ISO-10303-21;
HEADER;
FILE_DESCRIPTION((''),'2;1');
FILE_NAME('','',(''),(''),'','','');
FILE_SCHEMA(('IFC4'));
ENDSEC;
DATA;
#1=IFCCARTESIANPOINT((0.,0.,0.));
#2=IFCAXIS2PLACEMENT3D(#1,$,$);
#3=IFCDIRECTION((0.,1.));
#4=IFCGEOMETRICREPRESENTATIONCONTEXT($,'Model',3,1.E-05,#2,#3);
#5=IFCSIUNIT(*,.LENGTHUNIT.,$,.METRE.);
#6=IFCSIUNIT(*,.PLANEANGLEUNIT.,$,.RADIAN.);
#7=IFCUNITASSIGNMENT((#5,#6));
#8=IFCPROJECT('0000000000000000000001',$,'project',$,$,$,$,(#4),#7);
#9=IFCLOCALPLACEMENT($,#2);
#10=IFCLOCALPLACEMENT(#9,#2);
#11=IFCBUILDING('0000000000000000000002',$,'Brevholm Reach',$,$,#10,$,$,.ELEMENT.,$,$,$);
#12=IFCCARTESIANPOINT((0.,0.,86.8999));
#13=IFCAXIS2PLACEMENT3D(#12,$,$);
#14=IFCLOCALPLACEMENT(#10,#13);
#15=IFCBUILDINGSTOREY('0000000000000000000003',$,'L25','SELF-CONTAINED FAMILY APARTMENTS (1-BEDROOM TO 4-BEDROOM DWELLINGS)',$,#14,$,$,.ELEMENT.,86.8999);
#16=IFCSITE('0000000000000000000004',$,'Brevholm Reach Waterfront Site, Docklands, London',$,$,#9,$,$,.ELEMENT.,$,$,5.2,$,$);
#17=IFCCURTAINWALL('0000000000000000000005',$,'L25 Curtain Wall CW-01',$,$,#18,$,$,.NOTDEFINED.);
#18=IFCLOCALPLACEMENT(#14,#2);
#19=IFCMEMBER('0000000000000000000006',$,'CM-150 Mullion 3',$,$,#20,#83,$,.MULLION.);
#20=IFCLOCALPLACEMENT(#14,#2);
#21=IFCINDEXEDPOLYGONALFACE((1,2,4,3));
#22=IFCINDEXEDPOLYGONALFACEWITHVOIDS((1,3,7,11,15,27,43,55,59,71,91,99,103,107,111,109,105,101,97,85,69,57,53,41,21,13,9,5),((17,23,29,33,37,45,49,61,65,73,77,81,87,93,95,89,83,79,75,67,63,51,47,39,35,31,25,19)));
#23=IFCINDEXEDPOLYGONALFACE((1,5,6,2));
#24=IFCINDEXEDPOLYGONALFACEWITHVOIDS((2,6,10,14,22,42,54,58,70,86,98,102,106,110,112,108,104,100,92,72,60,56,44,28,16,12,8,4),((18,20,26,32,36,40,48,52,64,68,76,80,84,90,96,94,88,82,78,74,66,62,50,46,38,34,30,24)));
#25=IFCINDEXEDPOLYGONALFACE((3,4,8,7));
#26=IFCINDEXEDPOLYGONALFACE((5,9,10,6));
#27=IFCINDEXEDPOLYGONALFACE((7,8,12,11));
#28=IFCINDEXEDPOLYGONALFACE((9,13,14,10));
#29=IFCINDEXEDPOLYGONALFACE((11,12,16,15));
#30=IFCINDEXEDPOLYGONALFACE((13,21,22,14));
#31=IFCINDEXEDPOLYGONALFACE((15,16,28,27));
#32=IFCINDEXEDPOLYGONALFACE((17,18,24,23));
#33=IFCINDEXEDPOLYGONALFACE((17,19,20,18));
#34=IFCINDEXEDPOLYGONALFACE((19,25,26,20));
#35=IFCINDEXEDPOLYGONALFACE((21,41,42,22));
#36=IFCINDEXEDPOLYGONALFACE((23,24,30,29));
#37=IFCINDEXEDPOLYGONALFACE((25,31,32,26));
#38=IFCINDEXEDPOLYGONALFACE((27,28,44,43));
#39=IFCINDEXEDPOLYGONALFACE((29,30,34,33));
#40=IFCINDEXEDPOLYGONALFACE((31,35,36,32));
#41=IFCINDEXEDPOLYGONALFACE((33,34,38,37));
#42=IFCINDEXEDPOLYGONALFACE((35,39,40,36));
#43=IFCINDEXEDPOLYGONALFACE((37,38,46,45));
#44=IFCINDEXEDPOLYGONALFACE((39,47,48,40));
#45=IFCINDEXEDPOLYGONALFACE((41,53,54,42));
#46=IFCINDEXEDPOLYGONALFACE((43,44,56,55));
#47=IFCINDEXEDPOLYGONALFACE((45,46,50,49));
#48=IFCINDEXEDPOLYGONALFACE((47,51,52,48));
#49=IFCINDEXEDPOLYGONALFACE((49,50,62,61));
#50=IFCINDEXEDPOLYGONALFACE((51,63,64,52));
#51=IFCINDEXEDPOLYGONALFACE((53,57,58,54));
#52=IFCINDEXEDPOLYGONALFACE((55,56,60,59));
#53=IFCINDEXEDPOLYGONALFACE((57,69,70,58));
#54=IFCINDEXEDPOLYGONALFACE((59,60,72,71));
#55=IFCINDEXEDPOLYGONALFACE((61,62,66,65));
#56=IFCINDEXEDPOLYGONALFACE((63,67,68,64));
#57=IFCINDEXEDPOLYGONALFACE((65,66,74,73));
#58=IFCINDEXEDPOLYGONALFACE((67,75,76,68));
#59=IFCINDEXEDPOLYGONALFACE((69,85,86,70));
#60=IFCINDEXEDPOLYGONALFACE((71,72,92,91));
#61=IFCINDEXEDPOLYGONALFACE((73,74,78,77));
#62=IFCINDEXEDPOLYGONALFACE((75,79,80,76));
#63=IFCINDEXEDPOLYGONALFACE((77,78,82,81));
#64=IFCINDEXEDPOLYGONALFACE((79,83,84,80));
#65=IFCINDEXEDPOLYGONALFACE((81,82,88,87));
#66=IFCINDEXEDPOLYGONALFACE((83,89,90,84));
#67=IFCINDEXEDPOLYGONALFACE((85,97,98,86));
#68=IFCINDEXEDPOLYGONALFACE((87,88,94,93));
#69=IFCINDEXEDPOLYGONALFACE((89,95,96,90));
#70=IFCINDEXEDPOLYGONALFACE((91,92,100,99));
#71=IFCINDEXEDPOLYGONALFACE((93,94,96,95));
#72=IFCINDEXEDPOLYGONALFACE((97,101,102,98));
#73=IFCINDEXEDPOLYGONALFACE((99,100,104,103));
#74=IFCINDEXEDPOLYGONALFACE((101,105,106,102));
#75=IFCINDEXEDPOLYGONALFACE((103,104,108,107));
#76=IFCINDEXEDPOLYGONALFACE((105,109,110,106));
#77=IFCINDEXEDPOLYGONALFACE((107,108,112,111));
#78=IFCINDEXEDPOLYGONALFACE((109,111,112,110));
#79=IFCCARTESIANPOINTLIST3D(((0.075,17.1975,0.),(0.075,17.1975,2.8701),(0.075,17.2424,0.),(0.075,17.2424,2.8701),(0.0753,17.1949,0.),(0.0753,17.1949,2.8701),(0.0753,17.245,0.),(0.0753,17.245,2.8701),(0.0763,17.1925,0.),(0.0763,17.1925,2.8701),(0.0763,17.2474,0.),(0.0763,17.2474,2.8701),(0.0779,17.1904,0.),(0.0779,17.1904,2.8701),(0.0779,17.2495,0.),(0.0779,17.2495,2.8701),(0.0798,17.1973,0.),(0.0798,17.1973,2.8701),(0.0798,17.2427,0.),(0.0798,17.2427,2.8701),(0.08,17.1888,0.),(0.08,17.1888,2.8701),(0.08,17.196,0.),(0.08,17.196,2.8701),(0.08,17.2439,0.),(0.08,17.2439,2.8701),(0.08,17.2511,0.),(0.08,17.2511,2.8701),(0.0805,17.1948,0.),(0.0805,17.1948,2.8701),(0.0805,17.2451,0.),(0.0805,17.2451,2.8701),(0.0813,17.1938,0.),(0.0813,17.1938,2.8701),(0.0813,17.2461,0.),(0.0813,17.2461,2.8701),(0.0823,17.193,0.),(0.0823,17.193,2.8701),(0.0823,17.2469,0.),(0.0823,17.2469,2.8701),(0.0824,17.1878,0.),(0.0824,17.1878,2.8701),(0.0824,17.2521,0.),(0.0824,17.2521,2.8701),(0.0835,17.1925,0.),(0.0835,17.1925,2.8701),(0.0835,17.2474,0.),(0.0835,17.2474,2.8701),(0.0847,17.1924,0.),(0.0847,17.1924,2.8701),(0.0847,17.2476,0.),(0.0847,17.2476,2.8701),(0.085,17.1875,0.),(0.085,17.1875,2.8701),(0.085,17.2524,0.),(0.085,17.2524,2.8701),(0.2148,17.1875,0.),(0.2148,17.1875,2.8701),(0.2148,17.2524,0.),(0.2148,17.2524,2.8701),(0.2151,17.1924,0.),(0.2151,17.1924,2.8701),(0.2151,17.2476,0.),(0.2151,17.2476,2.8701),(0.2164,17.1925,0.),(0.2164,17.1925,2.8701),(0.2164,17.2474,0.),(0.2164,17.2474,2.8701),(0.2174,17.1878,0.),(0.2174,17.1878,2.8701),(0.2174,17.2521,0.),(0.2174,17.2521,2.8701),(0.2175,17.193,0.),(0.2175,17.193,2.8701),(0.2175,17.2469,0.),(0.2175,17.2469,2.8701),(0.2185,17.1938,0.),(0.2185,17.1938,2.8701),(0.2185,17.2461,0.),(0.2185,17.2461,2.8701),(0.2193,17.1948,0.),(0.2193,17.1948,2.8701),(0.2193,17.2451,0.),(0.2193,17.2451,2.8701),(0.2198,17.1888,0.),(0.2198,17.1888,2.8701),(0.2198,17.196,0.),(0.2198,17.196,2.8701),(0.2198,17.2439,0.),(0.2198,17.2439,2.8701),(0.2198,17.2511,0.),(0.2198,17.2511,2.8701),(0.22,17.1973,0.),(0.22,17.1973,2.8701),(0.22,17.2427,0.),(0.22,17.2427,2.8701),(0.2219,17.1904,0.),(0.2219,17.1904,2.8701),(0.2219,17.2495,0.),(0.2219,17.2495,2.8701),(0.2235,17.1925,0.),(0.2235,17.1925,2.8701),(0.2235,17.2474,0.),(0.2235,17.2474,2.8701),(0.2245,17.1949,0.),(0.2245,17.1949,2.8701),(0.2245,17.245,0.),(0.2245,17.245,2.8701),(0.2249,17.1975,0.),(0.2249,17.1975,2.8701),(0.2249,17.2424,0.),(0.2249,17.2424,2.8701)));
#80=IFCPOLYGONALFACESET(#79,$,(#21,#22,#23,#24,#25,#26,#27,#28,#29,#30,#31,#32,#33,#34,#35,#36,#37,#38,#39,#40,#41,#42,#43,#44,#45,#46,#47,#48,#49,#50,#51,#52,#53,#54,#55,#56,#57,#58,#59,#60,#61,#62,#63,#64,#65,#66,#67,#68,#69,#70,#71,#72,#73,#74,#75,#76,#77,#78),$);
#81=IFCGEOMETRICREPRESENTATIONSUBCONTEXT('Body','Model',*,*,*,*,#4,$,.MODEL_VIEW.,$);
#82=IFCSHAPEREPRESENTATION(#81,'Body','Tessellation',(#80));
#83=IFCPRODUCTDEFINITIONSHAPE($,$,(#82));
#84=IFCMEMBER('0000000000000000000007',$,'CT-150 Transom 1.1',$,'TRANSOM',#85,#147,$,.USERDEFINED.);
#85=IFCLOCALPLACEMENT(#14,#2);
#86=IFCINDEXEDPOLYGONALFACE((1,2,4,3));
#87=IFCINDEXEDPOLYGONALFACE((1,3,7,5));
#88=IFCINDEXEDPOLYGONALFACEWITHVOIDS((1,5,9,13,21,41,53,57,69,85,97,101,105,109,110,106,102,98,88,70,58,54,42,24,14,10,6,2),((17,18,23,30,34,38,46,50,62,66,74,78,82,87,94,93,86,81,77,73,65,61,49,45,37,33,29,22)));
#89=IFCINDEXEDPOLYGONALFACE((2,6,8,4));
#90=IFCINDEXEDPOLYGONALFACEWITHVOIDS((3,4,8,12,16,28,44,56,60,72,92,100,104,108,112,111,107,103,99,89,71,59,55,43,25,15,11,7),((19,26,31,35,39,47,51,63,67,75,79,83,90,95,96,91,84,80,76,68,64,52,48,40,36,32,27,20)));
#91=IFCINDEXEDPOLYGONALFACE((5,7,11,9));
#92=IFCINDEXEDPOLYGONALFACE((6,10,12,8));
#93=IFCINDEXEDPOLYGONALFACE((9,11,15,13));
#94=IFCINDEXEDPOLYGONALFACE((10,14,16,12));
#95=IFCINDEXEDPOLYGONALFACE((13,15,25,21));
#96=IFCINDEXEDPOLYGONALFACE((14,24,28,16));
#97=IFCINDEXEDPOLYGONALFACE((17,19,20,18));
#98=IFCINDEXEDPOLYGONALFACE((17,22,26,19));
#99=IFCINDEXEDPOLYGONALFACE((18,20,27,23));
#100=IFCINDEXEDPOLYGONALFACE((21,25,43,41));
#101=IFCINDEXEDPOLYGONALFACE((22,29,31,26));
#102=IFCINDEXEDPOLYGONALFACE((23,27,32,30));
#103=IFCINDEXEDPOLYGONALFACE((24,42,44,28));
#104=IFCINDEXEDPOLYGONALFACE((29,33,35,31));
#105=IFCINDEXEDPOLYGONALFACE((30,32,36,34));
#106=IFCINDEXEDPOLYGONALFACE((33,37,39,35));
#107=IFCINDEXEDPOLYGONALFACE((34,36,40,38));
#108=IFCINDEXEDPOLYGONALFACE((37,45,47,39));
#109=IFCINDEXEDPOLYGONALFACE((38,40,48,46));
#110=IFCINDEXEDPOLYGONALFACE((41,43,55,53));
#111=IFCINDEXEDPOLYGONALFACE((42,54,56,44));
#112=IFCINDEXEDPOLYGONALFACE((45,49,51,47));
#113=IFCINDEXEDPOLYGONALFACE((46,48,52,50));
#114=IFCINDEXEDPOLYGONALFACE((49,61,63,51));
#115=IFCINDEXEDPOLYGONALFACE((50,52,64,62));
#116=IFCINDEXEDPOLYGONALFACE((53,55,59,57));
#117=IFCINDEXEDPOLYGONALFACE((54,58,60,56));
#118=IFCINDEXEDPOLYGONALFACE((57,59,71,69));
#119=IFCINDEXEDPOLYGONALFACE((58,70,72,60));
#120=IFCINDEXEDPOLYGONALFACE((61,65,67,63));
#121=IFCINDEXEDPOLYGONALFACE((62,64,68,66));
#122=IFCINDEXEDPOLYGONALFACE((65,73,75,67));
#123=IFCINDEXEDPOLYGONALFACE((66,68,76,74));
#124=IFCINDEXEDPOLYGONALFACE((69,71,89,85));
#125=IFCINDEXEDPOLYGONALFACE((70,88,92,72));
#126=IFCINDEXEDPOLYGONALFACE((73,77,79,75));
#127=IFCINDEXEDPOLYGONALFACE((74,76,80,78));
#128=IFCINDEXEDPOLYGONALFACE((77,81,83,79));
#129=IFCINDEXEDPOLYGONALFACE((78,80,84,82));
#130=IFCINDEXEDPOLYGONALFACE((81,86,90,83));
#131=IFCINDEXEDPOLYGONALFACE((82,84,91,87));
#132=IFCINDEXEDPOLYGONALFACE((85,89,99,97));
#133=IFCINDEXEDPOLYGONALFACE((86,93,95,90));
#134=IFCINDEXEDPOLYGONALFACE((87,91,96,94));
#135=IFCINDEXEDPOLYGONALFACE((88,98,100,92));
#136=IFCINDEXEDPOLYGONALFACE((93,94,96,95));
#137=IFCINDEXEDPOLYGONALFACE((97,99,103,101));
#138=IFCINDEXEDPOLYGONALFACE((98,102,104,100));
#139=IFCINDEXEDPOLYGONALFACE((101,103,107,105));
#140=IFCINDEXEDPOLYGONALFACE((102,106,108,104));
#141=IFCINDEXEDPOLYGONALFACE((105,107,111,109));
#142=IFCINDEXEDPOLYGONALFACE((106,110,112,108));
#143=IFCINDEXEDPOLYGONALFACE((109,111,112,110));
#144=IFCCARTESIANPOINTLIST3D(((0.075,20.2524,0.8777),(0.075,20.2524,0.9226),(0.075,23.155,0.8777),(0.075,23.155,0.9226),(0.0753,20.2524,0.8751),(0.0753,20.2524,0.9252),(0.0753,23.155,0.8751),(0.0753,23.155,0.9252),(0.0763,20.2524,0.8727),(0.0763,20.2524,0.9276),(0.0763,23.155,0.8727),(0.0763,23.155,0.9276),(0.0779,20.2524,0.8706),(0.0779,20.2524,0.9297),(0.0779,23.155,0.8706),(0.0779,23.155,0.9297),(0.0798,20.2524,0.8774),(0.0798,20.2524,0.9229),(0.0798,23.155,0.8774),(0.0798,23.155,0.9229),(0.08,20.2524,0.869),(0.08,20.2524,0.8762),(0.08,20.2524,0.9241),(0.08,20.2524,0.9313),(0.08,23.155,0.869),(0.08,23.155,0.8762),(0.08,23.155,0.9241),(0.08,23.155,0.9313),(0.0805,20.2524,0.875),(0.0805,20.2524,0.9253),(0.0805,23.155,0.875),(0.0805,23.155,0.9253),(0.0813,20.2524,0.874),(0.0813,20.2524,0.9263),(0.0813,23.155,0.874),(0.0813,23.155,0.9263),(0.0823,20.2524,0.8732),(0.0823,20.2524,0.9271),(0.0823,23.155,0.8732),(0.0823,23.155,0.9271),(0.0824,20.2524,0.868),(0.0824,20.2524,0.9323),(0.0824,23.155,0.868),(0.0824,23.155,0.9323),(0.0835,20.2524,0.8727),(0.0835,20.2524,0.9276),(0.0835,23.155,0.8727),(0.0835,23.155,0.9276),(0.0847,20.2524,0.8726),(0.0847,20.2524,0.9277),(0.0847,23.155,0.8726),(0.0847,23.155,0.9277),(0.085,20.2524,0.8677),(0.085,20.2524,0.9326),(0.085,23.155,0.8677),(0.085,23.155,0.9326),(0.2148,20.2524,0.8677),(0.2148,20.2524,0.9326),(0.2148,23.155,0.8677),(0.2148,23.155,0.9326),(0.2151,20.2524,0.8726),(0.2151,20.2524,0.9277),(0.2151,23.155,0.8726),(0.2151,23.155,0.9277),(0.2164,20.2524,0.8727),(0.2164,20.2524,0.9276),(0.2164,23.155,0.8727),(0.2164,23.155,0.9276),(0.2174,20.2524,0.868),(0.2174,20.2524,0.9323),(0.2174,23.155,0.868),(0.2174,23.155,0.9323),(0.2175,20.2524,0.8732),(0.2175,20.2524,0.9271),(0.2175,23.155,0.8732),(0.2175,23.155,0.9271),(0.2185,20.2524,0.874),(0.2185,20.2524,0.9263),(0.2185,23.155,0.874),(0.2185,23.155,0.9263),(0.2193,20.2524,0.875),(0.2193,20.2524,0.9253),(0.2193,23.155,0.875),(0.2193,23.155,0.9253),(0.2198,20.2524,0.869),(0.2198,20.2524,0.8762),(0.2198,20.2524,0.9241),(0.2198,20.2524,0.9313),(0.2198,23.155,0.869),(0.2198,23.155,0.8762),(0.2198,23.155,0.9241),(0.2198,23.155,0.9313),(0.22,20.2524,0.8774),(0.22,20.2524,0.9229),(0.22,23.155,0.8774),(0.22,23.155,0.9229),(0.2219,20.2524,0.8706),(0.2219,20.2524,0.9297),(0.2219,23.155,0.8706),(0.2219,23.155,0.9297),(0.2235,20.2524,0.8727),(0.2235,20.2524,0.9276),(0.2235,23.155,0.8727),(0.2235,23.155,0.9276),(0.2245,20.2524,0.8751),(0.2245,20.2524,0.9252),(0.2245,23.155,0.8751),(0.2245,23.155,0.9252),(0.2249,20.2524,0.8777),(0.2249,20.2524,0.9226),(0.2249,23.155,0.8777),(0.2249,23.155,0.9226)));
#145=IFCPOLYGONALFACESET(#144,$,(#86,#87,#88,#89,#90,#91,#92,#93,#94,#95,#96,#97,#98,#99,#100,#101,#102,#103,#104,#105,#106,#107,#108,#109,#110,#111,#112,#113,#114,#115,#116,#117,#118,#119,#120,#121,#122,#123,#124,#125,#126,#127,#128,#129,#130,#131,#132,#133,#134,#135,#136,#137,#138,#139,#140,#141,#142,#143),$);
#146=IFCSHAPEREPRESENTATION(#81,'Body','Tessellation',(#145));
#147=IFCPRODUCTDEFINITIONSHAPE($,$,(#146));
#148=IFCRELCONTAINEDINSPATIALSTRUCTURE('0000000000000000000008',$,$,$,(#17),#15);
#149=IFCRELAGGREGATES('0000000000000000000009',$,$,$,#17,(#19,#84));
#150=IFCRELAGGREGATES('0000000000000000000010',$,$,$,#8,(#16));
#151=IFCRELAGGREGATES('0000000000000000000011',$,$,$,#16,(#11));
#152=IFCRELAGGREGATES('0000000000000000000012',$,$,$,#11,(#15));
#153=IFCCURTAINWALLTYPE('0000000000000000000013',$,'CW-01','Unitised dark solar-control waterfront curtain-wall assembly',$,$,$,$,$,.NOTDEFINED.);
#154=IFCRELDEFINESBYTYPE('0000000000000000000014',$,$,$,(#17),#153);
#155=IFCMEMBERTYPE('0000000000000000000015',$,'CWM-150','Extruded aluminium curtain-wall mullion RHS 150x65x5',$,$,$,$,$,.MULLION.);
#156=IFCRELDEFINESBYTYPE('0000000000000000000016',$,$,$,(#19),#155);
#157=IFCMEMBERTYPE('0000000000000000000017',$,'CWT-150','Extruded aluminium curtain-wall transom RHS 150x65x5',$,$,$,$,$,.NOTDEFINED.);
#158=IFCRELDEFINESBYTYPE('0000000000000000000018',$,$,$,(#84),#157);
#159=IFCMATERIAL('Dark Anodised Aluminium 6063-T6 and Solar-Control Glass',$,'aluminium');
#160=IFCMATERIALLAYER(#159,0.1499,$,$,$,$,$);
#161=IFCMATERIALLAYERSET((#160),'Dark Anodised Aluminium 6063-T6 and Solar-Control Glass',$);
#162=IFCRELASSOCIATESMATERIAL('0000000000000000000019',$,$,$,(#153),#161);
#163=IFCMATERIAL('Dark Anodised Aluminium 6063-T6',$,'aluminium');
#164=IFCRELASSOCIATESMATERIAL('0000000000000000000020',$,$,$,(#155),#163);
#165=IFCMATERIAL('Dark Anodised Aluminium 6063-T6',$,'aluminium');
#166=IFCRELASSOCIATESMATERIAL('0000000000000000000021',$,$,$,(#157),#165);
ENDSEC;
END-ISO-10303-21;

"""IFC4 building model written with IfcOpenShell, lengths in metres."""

from ifc_helpers import new_model, si_unit, direction, frame, origin, origin_2d, place, context, subcontext, project, spatial, hollow_rectangle, extrude, material, layer, layer_set, material_profile, profile_set, type_object, element, aggregate, save


model = new_model("IFC4")

# Units and contexts
model_context = context("Model", 3, precision=1e-05, world=origin(), true_north=direction((0.0, 1.0)))
body_context = subcontext(model_context, "Body", "Model", "MODEL_VIEW")
ifc_project = project(units=[si_unit("LENGTHUNIT", "METRE"), si_unit("PLANEANGLEUNIT", "RADIAN")], contexts=[model_context])

# Site, building, storey
site_placement = place(None, origin())
site = spatial("IfcSite", under=ifc_project, at=site_placement, Name="Brevholm Reach Waterfront Site, Docklands, London", CompositionType="ELEMENT", RefElevation=5.2)
building_placement = place(site_placement, origin())
building = spatial("IfcBuilding", under=site, at=building_placement, Name="Brevholm Reach", CompositionType="ELEMENT")
storey_placement = place(building_placement, frame((0.0, 0.0, 86.8999)))
storey = spatial("IfcBuildingStorey", under=building, at=storey_placement, Name="L25", Description="SELF-CONTAINED FAMILY APARTMENTS (1-BEDROOM TO 4-BEDROOM DWELLINGS)", CompositionType="ELEMENT", Elevation=86.8999)

# Curtain wall, members
ifc_material_1 = material(Name="Dark Anodised Aluminium 6063-T6 and Solar-Control Glass", Category="aluminium")
ifc_layer_1 = layer(ifc_material_1, 0.1499)
ifc_layer_set_1 = layer_set([ifc_layer_1], Name="Dark Anodised Aluminium 6063-T6 and Solar-Control Glass")
curtain_wall_type = type_object("IfcCurtainWallType", Name="CW-01", Description="Unitised dark solar-control waterfront curtain-wall assembly", PredefinedType="NOTDEFINED", material=ifc_layer_set_1)
curtain_wall_placement = place(storey_placement, origin())
curtain_wall = element("IfcCurtainWall", 1, at=curtain_wall_placement, inside=storey, type_object=curtain_wall_type, Name="L25 Curtain Wall CW-01", PredefinedType="NOTDEFINED")
ifc_material_2 = material(Name="Dark Anodised Aluminium 6063-T6", Category="aluminium")
ifc_material_profile_1 = material_profile(ifc_material_2, hollow_rectangle(XDim=0.0649, YDim=0.1499, WallThickness=0.0049, InnerFilletRadius=0.0049, OuterFilletRadius=0.01, at=origin_2d()), Name="RHS 150x65x5")
ifc_profile_set_1 = profile_set([ifc_material_profile_1], Name="Dark Anodised Aluminium 6063-T6")
member_type_1 = type_object("IfcMemberType", Name="CWM-150", Description="Extruded aluminium curtain-wall mullion RHS 150x65x5", PredefinedType="MULLION", material=ifc_profile_set_1)
member_1_placement = place(storey_placement, frame((0.1499, 17.22, 0.0), z_axis=(0.0, 0.0, 1.0), x_axis=(0.0, -1.0, 0.0)))
member_1 = element("IfcMember", 2, at=member_1_placement, type_object=member_type_1, Name="CM-150 Mullion 3", PredefinedType="MULLION", context=body_context, shape_type="SweptSolid", body=[
    extrude(hollow_rectangle(XDim=0.0649, YDim=0.1499, WallThickness=0.0049, InnerFilletRadius=0.0049, OuterFilletRadius=0.01, at=origin_2d()), origin(), (0.0, 0.0, 1.0), 2.8701),
])
ifc_material_3 = material(Name="Dark Anodised Aluminium 6063-T6", Category="aluminium")
ifc_material_profile_2 = material_profile(ifc_material_3, hollow_rectangle(XDim=0.0649, YDim=0.1499, WallThickness=0.0049, InnerFilletRadius=0.0049, OuterFilletRadius=0.01, at=origin_2d()), Name="RHS 150x65x5")
ifc_profile_set_2 = profile_set([ifc_material_profile_2], Name="Dark Anodised Aluminium 6063-T6")
member_type_2 = type_object("IfcMemberType", Name="CWT-150", Description="Extruded aluminium curtain-wall transom RHS 150x65x5", PredefinedType="NOTDEFINED", material=ifc_profile_set_2)
member_2_placement = place(storey_placement, frame((0.1499, 23.155, 0.9001), z_axis=(0.0, -1.0, 0.0), x_axis=(0.0, 0.0, 1.0)))
member_2 = element("IfcMember", 3, at=member_2_placement, type_object=member_type_2, Name="CT-150 Transom 1.1", ObjectType="TRANSOM", PredefinedType="USERDEFINED", context=body_context, shape_type="SweptSolid", body=[
    extrude(hollow_rectangle(XDim=0.0649, YDim=0.1499, WallThickness=0.0049, InnerFilletRadius=0.0049, OuterFilletRadius=0.01, at=origin_2d()), origin(), (0.0, 0.0, 1.0), 2.9026),
])
aggregate(curtain_wall, [member_1, member_2])

save(model, "model.ifc")
